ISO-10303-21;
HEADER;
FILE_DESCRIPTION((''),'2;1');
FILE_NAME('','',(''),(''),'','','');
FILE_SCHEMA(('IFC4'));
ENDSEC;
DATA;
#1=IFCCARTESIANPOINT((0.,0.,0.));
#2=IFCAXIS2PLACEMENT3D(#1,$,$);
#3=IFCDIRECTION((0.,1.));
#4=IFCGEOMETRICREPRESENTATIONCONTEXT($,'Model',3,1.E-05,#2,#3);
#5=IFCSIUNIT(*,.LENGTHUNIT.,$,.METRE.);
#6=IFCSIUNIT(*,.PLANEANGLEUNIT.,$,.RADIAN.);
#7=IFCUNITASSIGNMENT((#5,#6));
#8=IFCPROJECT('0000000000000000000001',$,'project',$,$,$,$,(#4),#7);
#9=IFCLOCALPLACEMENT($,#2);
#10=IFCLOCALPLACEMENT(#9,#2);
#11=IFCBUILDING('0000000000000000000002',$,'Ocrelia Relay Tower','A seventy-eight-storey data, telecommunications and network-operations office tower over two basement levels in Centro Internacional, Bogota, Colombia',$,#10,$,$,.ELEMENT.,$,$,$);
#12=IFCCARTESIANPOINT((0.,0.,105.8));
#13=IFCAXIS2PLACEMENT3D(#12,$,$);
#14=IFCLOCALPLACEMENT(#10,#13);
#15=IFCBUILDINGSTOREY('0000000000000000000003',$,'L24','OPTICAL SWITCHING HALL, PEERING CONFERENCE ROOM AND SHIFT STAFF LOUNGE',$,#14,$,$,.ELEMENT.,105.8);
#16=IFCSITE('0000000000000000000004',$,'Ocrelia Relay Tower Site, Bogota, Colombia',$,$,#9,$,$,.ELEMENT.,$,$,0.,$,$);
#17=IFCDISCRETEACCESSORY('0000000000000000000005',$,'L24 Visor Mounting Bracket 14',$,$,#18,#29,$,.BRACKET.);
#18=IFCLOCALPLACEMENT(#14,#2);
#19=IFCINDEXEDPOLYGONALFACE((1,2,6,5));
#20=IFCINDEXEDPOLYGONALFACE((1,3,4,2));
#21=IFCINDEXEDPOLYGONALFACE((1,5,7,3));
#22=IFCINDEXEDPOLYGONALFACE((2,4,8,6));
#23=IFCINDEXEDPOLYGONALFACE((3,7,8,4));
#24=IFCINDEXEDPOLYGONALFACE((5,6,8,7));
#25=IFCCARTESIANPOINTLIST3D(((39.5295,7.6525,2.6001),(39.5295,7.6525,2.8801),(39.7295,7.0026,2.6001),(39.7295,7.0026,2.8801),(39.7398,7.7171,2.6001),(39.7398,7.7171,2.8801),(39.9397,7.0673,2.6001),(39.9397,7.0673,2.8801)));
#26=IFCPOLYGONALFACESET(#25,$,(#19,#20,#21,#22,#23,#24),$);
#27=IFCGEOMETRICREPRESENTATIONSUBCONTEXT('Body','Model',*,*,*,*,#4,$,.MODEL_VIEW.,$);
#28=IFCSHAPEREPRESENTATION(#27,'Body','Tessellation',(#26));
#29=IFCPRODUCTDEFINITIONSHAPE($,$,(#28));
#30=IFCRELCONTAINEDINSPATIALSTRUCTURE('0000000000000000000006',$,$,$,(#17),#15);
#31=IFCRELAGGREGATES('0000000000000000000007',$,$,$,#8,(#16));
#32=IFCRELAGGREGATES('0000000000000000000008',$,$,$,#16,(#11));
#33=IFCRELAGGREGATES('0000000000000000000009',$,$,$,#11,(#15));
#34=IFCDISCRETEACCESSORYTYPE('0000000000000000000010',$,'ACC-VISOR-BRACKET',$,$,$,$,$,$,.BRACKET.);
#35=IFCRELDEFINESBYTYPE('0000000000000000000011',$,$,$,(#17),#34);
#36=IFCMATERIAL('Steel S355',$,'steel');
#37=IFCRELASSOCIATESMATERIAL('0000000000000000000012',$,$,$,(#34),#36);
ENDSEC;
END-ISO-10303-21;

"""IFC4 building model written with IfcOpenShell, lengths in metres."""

from ifc_helpers import new_model, si_unit, direction, frame, origin, origin_2d, place, context, subcontext, project, spatial, rectangle, extrude, material, type_object, element, save


model = new_model("IFC4")

# Units and contexts
model_context = context("Model", 3, precision=1e-05, world=origin(), true_north=direction((0.0, 1.0)))
body_context = subcontext(model_context, "Body", "Model", "MODEL_VIEW")
ifc_project = project(units=[si_unit("LENGTHUNIT", "METRE"), si_unit("PLANEANGLEUNIT", "RADIAN")], contexts=[model_context])

# Site, building, storey
site_placement = place(None, origin())
site = spatial("IfcSite", under=ifc_project, at=site_placement, Name="Ocrelia Relay Tower Site, Bogota, Colombia", CompositionType="ELEMENT", RefElevation=0.0)
building_placement = place(site_placement, origin())
building = spatial("IfcBuilding", under=site, at=building_placement, Name="Ocrelia Relay Tower", Description="A seventy-eight-storey data, telecommunications and network-operations office tower over two basement levels in Centro Internacional, Bogota, Colombia", CompositionType="ELEMENT")
storey_placement = place(building_placement, frame((0.0, 0.0, 105.8)))
storey = spatial("IfcBuildingStorey", under=building, at=storey_placement, Name="L24", Description="OPTICAL SWITCHING HALL, PEERING CONFERENCE ROOM AND SHIFT STAFF LOUNGE", CompositionType="ELEMENT", Elevation=105.8)

# Shared definitions
ifc_material_1 = material(Name="Steel S355", Category="steel")

# Discrete accessory
discrete_accessory_type_1 = type_object("IfcDiscreteAccessoryType", Name="ACC-VISOR-BRACKET", PredefinedType="BRACKET", material=ifc_material_1)
for number, where, z_axis, x_axis, name in (
    (1, (39.7346, 7.3599, 2.6001), (0.0, 0.0, 1.0), (0.955791, 0.294047, 0.0), "L24 Visor Mounting Bracket 14"),
):
    element("IfcDiscreteAccessory", number, at=place(storey_placement, frame(where, z_axis=z_axis, x_axis=x_axis)), inside=storey, type_object=discrete_accessory_type_1, Name=name, PredefinedType="BRACKET", context=body_context, shape_type="SweptSolid", body=[
        extrude(rectangle(XDim=0.22, YDim=0.6799, at=origin_2d()), origin(), (0.0, 0.0, 1.0), 0.28),
    ])

save(model, "model.ifc")
